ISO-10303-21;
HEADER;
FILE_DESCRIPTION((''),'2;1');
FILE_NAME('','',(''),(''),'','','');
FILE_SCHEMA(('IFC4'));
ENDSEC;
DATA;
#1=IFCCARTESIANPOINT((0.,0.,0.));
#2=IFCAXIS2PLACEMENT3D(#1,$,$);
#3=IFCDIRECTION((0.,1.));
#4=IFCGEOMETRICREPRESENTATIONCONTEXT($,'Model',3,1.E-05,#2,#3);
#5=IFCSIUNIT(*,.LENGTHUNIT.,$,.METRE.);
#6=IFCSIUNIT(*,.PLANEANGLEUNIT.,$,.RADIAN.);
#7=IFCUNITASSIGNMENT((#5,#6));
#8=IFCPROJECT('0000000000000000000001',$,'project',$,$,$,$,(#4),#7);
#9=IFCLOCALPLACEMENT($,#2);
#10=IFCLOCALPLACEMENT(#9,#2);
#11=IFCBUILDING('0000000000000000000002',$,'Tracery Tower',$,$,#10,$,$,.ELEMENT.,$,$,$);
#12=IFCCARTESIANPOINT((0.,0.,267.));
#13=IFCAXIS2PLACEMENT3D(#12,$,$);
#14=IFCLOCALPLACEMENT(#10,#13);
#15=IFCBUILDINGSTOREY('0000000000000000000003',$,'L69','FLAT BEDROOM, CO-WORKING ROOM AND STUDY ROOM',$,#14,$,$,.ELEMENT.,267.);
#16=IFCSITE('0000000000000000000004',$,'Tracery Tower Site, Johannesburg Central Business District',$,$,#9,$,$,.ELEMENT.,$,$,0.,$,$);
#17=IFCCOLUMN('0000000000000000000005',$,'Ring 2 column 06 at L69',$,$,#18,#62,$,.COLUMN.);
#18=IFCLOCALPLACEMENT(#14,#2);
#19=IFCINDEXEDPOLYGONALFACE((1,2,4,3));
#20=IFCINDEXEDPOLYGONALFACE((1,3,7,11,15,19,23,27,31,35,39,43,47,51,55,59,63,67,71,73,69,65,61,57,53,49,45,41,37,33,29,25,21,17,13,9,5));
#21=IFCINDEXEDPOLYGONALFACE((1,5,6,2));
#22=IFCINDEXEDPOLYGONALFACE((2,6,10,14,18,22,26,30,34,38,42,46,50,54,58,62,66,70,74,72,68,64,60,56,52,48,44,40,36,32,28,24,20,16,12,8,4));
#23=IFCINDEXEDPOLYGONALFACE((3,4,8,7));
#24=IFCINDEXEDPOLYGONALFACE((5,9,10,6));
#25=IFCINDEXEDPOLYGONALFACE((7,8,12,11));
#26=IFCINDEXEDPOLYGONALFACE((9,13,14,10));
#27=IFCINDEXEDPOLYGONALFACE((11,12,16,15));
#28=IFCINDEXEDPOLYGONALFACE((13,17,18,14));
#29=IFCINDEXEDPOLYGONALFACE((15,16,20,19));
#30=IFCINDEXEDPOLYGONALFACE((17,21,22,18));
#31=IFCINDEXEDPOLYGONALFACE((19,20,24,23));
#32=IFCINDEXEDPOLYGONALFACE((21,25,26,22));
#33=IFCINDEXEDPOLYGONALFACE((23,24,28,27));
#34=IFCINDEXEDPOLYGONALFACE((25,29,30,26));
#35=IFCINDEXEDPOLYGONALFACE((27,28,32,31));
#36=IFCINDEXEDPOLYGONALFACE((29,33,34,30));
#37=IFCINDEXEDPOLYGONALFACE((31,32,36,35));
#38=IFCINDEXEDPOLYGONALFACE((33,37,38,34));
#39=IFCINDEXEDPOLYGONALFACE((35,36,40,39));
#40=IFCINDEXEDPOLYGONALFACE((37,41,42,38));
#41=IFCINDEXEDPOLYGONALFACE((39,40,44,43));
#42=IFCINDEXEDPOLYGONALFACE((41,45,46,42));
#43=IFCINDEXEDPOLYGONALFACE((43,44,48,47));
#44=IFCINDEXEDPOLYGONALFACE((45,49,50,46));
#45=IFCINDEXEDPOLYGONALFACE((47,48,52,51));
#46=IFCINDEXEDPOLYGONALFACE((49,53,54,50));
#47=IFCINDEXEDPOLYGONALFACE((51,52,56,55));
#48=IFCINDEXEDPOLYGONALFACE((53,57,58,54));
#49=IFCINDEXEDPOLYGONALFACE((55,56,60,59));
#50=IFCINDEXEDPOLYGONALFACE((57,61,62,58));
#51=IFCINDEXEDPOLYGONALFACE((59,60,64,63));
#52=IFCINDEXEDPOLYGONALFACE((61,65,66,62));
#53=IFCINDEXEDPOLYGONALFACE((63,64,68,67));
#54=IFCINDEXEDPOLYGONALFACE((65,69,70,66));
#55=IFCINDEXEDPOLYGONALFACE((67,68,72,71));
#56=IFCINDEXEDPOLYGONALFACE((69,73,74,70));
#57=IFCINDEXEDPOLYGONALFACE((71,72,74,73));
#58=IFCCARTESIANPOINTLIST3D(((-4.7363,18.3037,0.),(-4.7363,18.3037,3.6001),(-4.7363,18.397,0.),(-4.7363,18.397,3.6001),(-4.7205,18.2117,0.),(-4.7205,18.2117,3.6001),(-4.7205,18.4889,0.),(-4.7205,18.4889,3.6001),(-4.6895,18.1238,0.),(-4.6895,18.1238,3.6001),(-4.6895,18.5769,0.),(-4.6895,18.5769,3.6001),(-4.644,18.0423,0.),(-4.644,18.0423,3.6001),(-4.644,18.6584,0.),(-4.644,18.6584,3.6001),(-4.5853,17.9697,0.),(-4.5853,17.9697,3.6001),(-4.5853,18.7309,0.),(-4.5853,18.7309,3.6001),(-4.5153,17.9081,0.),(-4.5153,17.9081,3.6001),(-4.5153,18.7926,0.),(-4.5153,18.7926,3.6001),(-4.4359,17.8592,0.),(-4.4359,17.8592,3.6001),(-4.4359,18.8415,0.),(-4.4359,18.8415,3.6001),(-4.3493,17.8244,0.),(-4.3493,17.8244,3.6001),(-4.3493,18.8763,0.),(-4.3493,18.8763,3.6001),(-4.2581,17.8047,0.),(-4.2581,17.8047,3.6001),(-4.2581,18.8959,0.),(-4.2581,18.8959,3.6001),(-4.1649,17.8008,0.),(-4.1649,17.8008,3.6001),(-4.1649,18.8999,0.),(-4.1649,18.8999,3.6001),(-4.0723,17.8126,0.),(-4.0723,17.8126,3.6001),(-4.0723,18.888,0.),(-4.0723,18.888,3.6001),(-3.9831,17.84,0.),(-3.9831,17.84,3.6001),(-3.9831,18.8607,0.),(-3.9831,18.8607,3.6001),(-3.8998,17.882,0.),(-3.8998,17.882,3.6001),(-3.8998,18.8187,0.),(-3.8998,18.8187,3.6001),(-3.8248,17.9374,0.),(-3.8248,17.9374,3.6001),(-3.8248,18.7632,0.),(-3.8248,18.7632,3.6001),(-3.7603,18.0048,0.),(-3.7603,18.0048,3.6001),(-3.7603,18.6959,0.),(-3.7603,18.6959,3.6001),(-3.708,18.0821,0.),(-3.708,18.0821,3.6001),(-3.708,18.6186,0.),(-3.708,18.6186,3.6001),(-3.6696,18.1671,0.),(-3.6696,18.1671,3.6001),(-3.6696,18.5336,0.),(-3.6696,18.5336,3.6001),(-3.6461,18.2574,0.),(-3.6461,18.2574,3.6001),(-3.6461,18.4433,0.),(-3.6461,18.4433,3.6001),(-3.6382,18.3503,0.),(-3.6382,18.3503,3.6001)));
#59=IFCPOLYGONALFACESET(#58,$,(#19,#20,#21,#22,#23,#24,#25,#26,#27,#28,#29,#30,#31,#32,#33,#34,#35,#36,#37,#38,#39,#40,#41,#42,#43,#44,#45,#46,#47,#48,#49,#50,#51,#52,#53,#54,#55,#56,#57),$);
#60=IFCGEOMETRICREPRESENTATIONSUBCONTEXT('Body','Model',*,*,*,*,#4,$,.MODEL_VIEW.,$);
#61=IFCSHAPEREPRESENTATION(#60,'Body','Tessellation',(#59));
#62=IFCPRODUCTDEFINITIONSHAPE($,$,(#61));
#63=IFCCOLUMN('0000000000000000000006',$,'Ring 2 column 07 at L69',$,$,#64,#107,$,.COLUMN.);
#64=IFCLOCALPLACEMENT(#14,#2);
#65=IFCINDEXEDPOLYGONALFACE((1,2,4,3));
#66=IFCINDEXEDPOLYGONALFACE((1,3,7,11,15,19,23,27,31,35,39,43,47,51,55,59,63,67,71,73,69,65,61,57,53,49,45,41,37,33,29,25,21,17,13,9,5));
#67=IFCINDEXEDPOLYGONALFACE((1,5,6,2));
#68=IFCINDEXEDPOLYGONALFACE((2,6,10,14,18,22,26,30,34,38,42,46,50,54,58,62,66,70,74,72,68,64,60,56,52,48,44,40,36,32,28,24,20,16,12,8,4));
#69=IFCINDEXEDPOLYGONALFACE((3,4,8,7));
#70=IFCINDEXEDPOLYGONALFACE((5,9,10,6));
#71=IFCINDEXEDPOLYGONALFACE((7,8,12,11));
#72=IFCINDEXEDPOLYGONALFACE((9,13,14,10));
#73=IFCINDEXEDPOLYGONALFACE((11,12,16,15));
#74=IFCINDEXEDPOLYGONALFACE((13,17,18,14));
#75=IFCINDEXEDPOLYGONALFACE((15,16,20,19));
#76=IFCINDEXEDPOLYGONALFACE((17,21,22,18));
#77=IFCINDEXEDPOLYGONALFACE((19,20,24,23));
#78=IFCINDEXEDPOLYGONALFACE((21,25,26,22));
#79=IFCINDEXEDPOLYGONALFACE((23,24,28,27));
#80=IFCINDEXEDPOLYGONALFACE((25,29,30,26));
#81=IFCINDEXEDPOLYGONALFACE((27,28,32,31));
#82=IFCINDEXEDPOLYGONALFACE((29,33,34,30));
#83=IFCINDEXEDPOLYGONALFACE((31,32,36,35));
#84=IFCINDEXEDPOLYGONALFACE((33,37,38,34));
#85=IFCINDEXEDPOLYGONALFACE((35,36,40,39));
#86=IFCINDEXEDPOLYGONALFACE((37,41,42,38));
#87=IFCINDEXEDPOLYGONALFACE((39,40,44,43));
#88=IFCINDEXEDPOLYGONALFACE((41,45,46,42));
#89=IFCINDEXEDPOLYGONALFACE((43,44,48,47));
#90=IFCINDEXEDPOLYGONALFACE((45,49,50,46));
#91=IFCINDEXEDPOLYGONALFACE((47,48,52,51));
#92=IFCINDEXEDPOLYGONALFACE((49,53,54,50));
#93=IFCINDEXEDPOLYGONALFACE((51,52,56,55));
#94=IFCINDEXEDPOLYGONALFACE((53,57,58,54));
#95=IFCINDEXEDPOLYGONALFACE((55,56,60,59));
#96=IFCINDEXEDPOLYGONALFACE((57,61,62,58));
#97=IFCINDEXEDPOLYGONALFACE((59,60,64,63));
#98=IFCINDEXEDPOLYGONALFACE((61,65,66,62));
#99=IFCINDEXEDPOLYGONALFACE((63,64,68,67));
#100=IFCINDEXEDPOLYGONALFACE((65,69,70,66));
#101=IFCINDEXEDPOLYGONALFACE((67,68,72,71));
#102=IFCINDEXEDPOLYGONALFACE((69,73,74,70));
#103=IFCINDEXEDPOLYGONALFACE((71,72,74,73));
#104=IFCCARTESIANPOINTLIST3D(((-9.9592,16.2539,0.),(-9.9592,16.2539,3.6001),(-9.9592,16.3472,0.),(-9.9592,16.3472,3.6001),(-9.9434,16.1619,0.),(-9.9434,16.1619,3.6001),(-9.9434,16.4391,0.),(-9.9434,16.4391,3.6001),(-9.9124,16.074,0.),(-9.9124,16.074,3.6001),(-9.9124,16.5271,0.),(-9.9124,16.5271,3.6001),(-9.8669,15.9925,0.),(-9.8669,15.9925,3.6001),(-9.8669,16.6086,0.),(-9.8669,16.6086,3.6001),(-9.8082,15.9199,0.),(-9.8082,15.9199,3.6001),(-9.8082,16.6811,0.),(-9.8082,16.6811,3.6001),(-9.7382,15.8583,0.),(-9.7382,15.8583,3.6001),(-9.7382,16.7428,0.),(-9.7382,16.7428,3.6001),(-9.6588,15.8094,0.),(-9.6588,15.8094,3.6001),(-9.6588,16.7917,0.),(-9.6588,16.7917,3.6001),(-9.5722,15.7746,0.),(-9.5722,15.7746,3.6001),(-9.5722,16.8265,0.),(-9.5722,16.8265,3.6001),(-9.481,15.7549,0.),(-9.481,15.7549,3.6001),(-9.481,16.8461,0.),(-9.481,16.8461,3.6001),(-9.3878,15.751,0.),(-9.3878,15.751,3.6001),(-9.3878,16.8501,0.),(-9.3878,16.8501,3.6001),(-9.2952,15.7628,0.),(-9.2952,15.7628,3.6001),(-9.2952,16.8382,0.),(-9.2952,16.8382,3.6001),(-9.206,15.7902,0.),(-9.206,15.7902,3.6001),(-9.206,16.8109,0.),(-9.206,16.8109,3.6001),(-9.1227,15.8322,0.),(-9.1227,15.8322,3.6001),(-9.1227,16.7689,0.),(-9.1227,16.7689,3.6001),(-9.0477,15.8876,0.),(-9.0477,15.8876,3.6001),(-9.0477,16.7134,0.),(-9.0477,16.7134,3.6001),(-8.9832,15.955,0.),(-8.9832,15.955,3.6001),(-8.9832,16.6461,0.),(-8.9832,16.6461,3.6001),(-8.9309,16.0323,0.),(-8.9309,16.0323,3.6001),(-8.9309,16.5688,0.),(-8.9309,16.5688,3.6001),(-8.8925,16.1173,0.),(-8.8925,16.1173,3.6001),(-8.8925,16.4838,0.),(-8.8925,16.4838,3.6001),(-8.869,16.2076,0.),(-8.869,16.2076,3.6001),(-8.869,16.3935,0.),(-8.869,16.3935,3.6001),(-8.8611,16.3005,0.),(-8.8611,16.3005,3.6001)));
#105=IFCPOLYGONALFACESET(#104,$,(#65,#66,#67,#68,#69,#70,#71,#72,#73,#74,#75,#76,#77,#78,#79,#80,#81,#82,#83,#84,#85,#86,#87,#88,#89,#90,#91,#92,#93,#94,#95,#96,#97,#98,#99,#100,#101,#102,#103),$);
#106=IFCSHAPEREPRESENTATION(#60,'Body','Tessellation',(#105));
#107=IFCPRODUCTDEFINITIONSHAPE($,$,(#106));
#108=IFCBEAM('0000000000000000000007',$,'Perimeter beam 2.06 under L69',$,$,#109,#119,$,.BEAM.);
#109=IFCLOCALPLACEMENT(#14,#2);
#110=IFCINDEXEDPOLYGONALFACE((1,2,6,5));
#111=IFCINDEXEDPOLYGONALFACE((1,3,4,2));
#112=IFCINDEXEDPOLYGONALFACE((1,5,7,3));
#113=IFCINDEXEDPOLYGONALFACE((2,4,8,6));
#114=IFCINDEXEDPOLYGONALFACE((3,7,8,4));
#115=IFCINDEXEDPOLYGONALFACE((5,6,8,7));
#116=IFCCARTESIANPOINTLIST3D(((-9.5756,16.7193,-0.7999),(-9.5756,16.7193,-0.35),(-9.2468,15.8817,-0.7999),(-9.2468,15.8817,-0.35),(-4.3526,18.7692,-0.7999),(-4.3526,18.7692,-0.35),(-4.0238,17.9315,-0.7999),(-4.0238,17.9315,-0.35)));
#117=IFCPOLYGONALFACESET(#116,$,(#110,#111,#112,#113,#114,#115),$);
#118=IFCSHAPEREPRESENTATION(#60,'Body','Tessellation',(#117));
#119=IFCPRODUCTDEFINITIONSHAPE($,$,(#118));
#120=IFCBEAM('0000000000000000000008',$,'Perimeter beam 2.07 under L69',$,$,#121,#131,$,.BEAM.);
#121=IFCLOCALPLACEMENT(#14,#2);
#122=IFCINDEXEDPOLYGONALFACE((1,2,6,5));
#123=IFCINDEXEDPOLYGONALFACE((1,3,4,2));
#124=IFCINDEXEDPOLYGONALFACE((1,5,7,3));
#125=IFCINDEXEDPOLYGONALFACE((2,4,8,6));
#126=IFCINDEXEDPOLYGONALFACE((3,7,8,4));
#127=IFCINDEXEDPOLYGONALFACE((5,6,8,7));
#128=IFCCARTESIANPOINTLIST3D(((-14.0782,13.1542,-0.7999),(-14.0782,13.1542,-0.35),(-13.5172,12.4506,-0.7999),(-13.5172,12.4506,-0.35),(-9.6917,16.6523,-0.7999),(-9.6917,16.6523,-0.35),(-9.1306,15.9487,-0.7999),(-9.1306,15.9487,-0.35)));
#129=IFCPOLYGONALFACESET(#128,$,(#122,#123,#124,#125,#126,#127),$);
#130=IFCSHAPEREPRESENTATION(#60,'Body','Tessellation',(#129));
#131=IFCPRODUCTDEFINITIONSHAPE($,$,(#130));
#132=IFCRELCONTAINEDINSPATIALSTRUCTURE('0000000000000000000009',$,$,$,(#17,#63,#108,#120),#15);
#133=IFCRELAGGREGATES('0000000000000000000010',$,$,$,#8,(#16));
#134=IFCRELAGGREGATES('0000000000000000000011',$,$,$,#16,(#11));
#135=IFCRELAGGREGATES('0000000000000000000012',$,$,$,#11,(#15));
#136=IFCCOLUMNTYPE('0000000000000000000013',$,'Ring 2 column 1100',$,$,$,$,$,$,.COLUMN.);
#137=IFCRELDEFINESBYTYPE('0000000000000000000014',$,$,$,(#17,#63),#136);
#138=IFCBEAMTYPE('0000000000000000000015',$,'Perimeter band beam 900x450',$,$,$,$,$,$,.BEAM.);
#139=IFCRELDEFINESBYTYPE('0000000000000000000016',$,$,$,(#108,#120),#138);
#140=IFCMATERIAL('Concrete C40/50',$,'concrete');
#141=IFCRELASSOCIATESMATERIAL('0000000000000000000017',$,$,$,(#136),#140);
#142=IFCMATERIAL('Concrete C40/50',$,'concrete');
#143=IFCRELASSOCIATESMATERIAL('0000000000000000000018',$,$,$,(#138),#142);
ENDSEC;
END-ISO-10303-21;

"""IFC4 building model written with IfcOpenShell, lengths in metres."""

from ifc_helpers import new_model, si_unit, direction, frame, origin, origin_2d, place, context, subcontext, project, spatial, rectangle, circle, extrude, material, material_profile, profile_set, type_object, element, save


model = new_model("IFC4")

# Units and contexts
model_context = context("Model", 3, precision=1e-05, world=origin(), true_north=direction((0.0, 1.0)))
body_context = subcontext(model_context, "Body", "Model", "MODEL_VIEW")
ifc_project = project(units=[si_unit("LENGTHUNIT", "METRE"), si_unit("PLANEANGLEUNIT", "RADIAN")], contexts=[model_context])

# Site, building, storey
site_placement = place(None, origin())
site = spatial("IfcSite", under=ifc_project, at=site_placement, Name="Tracery Tower Site, Johannesburg Central Business District", CompositionType="ELEMENT", RefElevation=0.0)
building_placement = place(site_placement, origin())
building = spatial("IfcBuilding", under=site, at=building_placement, Name="Tracery Tower", CompositionType="ELEMENT")
storey_placement = place(building_placement, frame((0.0, 0.0, 267.0)))
storey = spatial("IfcBuildingStorey", under=building, at=storey_placement, Name="L69", Description="FLAT BEDROOM, CO-WORKING ROOM AND STUDY ROOM", CompositionType="ELEMENT", Elevation=267.0)

# Columns
ifc_material_1 = material(Name="Concrete C40/50", Category="concrete")
ifc_material_profile_1 = material_profile(ifc_material_1, circle(Radius=0.55, at=origin_2d()), Name="RC D1100")
ifc_profile_set_1 = profile_set([ifc_material_profile_1], Name="Concrete C40/50")
column_type = type_object("IfcColumnType", Name="Ring 2 column 1100", PredefinedType="COLUMN", material=ifc_profile_set_1)
for number, where, z_axis, x_axis, name in (
    (1, (-4.1882, 18.3503, 0.0), (0.0, 0.0, 1.0), (1.0, 0.0, 0.0), "Ring 2 column 06 at L69"),
    (2, (-9.4111, 16.3005, 0.0), (0.0, 0.0, 1.0), (1.0, 0.0, 0.0), "Ring 2 column 07 at L69"),
):
    element("IfcColumn", number, at=place(storey_placement, frame(where, z_axis=z_axis, x_axis=x_axis)), inside=storey, type_object=column_type, Name=name, PredefinedType="COLUMN", context=body_context, shape_type="SweptSolid", body=[
        extrude(circle(Radius=0.55, at=origin_2d()), origin(), (0.0, 0.0, 1.0), 3.6001),
    ])

# Beams
ifc_material_2 = material(Name="Concrete C40/50", Category="concrete")
ifc_material_profile_2 = material_profile(ifc_material_2, rectangle(XDim=0.8999, YDim=0.45, at=origin_2d()), Name="RC 900x450")
ifc_profile_set_2 = profile_set([ifc_material_profile_2], Name="Concrete C40/50")
beam_type = type_object("IfcBeamType", Name="Perimeter band beam 900x450", PredefinedType="BEAM", material=ifc_profile_set_2)
beam_1_placement = place(storey_placement, frame((-4.1882, 18.3503, -0.575), z_axis=(-0.930876, -0.365336, 0.0), x_axis=(0.365336, -0.930876, 0.0)))
element("IfcBeam", 3, at=beam_1_placement, inside=storey, type_object=beam_type, Name="Perimeter beam 2.06 under L69", PredefinedType="BEAM", context=body_context, shape_type="SweptSolid", body=[
    extrude(rectangle(XDim=0.8999, YDim=0.45, at=origin_2d()), origin(), (0.0, 0.0, 1.0), 5.6108),
])
beam_2_placement = place(storey_placement, frame((-9.4111, 16.3005, -0.575), z_axis=(-0.781836, -0.623484, 0.0), x_axis=(0.623484, -0.781836, 0.0)))
element("IfcBeam", 4, at=beam_2_placement, inside=storey, type_object=beam_type, Name="Perimeter beam 2.07 under L69", PredefinedType="BEAM", context=body_context, shape_type="SweptSolid", body=[
    extrude(rectangle(XDim=0.8999, YDim=0.45, at=origin_2d()), origin(), (0.0, 0.0, 1.0), 5.6106),
])

save(model, "model.ifc")
